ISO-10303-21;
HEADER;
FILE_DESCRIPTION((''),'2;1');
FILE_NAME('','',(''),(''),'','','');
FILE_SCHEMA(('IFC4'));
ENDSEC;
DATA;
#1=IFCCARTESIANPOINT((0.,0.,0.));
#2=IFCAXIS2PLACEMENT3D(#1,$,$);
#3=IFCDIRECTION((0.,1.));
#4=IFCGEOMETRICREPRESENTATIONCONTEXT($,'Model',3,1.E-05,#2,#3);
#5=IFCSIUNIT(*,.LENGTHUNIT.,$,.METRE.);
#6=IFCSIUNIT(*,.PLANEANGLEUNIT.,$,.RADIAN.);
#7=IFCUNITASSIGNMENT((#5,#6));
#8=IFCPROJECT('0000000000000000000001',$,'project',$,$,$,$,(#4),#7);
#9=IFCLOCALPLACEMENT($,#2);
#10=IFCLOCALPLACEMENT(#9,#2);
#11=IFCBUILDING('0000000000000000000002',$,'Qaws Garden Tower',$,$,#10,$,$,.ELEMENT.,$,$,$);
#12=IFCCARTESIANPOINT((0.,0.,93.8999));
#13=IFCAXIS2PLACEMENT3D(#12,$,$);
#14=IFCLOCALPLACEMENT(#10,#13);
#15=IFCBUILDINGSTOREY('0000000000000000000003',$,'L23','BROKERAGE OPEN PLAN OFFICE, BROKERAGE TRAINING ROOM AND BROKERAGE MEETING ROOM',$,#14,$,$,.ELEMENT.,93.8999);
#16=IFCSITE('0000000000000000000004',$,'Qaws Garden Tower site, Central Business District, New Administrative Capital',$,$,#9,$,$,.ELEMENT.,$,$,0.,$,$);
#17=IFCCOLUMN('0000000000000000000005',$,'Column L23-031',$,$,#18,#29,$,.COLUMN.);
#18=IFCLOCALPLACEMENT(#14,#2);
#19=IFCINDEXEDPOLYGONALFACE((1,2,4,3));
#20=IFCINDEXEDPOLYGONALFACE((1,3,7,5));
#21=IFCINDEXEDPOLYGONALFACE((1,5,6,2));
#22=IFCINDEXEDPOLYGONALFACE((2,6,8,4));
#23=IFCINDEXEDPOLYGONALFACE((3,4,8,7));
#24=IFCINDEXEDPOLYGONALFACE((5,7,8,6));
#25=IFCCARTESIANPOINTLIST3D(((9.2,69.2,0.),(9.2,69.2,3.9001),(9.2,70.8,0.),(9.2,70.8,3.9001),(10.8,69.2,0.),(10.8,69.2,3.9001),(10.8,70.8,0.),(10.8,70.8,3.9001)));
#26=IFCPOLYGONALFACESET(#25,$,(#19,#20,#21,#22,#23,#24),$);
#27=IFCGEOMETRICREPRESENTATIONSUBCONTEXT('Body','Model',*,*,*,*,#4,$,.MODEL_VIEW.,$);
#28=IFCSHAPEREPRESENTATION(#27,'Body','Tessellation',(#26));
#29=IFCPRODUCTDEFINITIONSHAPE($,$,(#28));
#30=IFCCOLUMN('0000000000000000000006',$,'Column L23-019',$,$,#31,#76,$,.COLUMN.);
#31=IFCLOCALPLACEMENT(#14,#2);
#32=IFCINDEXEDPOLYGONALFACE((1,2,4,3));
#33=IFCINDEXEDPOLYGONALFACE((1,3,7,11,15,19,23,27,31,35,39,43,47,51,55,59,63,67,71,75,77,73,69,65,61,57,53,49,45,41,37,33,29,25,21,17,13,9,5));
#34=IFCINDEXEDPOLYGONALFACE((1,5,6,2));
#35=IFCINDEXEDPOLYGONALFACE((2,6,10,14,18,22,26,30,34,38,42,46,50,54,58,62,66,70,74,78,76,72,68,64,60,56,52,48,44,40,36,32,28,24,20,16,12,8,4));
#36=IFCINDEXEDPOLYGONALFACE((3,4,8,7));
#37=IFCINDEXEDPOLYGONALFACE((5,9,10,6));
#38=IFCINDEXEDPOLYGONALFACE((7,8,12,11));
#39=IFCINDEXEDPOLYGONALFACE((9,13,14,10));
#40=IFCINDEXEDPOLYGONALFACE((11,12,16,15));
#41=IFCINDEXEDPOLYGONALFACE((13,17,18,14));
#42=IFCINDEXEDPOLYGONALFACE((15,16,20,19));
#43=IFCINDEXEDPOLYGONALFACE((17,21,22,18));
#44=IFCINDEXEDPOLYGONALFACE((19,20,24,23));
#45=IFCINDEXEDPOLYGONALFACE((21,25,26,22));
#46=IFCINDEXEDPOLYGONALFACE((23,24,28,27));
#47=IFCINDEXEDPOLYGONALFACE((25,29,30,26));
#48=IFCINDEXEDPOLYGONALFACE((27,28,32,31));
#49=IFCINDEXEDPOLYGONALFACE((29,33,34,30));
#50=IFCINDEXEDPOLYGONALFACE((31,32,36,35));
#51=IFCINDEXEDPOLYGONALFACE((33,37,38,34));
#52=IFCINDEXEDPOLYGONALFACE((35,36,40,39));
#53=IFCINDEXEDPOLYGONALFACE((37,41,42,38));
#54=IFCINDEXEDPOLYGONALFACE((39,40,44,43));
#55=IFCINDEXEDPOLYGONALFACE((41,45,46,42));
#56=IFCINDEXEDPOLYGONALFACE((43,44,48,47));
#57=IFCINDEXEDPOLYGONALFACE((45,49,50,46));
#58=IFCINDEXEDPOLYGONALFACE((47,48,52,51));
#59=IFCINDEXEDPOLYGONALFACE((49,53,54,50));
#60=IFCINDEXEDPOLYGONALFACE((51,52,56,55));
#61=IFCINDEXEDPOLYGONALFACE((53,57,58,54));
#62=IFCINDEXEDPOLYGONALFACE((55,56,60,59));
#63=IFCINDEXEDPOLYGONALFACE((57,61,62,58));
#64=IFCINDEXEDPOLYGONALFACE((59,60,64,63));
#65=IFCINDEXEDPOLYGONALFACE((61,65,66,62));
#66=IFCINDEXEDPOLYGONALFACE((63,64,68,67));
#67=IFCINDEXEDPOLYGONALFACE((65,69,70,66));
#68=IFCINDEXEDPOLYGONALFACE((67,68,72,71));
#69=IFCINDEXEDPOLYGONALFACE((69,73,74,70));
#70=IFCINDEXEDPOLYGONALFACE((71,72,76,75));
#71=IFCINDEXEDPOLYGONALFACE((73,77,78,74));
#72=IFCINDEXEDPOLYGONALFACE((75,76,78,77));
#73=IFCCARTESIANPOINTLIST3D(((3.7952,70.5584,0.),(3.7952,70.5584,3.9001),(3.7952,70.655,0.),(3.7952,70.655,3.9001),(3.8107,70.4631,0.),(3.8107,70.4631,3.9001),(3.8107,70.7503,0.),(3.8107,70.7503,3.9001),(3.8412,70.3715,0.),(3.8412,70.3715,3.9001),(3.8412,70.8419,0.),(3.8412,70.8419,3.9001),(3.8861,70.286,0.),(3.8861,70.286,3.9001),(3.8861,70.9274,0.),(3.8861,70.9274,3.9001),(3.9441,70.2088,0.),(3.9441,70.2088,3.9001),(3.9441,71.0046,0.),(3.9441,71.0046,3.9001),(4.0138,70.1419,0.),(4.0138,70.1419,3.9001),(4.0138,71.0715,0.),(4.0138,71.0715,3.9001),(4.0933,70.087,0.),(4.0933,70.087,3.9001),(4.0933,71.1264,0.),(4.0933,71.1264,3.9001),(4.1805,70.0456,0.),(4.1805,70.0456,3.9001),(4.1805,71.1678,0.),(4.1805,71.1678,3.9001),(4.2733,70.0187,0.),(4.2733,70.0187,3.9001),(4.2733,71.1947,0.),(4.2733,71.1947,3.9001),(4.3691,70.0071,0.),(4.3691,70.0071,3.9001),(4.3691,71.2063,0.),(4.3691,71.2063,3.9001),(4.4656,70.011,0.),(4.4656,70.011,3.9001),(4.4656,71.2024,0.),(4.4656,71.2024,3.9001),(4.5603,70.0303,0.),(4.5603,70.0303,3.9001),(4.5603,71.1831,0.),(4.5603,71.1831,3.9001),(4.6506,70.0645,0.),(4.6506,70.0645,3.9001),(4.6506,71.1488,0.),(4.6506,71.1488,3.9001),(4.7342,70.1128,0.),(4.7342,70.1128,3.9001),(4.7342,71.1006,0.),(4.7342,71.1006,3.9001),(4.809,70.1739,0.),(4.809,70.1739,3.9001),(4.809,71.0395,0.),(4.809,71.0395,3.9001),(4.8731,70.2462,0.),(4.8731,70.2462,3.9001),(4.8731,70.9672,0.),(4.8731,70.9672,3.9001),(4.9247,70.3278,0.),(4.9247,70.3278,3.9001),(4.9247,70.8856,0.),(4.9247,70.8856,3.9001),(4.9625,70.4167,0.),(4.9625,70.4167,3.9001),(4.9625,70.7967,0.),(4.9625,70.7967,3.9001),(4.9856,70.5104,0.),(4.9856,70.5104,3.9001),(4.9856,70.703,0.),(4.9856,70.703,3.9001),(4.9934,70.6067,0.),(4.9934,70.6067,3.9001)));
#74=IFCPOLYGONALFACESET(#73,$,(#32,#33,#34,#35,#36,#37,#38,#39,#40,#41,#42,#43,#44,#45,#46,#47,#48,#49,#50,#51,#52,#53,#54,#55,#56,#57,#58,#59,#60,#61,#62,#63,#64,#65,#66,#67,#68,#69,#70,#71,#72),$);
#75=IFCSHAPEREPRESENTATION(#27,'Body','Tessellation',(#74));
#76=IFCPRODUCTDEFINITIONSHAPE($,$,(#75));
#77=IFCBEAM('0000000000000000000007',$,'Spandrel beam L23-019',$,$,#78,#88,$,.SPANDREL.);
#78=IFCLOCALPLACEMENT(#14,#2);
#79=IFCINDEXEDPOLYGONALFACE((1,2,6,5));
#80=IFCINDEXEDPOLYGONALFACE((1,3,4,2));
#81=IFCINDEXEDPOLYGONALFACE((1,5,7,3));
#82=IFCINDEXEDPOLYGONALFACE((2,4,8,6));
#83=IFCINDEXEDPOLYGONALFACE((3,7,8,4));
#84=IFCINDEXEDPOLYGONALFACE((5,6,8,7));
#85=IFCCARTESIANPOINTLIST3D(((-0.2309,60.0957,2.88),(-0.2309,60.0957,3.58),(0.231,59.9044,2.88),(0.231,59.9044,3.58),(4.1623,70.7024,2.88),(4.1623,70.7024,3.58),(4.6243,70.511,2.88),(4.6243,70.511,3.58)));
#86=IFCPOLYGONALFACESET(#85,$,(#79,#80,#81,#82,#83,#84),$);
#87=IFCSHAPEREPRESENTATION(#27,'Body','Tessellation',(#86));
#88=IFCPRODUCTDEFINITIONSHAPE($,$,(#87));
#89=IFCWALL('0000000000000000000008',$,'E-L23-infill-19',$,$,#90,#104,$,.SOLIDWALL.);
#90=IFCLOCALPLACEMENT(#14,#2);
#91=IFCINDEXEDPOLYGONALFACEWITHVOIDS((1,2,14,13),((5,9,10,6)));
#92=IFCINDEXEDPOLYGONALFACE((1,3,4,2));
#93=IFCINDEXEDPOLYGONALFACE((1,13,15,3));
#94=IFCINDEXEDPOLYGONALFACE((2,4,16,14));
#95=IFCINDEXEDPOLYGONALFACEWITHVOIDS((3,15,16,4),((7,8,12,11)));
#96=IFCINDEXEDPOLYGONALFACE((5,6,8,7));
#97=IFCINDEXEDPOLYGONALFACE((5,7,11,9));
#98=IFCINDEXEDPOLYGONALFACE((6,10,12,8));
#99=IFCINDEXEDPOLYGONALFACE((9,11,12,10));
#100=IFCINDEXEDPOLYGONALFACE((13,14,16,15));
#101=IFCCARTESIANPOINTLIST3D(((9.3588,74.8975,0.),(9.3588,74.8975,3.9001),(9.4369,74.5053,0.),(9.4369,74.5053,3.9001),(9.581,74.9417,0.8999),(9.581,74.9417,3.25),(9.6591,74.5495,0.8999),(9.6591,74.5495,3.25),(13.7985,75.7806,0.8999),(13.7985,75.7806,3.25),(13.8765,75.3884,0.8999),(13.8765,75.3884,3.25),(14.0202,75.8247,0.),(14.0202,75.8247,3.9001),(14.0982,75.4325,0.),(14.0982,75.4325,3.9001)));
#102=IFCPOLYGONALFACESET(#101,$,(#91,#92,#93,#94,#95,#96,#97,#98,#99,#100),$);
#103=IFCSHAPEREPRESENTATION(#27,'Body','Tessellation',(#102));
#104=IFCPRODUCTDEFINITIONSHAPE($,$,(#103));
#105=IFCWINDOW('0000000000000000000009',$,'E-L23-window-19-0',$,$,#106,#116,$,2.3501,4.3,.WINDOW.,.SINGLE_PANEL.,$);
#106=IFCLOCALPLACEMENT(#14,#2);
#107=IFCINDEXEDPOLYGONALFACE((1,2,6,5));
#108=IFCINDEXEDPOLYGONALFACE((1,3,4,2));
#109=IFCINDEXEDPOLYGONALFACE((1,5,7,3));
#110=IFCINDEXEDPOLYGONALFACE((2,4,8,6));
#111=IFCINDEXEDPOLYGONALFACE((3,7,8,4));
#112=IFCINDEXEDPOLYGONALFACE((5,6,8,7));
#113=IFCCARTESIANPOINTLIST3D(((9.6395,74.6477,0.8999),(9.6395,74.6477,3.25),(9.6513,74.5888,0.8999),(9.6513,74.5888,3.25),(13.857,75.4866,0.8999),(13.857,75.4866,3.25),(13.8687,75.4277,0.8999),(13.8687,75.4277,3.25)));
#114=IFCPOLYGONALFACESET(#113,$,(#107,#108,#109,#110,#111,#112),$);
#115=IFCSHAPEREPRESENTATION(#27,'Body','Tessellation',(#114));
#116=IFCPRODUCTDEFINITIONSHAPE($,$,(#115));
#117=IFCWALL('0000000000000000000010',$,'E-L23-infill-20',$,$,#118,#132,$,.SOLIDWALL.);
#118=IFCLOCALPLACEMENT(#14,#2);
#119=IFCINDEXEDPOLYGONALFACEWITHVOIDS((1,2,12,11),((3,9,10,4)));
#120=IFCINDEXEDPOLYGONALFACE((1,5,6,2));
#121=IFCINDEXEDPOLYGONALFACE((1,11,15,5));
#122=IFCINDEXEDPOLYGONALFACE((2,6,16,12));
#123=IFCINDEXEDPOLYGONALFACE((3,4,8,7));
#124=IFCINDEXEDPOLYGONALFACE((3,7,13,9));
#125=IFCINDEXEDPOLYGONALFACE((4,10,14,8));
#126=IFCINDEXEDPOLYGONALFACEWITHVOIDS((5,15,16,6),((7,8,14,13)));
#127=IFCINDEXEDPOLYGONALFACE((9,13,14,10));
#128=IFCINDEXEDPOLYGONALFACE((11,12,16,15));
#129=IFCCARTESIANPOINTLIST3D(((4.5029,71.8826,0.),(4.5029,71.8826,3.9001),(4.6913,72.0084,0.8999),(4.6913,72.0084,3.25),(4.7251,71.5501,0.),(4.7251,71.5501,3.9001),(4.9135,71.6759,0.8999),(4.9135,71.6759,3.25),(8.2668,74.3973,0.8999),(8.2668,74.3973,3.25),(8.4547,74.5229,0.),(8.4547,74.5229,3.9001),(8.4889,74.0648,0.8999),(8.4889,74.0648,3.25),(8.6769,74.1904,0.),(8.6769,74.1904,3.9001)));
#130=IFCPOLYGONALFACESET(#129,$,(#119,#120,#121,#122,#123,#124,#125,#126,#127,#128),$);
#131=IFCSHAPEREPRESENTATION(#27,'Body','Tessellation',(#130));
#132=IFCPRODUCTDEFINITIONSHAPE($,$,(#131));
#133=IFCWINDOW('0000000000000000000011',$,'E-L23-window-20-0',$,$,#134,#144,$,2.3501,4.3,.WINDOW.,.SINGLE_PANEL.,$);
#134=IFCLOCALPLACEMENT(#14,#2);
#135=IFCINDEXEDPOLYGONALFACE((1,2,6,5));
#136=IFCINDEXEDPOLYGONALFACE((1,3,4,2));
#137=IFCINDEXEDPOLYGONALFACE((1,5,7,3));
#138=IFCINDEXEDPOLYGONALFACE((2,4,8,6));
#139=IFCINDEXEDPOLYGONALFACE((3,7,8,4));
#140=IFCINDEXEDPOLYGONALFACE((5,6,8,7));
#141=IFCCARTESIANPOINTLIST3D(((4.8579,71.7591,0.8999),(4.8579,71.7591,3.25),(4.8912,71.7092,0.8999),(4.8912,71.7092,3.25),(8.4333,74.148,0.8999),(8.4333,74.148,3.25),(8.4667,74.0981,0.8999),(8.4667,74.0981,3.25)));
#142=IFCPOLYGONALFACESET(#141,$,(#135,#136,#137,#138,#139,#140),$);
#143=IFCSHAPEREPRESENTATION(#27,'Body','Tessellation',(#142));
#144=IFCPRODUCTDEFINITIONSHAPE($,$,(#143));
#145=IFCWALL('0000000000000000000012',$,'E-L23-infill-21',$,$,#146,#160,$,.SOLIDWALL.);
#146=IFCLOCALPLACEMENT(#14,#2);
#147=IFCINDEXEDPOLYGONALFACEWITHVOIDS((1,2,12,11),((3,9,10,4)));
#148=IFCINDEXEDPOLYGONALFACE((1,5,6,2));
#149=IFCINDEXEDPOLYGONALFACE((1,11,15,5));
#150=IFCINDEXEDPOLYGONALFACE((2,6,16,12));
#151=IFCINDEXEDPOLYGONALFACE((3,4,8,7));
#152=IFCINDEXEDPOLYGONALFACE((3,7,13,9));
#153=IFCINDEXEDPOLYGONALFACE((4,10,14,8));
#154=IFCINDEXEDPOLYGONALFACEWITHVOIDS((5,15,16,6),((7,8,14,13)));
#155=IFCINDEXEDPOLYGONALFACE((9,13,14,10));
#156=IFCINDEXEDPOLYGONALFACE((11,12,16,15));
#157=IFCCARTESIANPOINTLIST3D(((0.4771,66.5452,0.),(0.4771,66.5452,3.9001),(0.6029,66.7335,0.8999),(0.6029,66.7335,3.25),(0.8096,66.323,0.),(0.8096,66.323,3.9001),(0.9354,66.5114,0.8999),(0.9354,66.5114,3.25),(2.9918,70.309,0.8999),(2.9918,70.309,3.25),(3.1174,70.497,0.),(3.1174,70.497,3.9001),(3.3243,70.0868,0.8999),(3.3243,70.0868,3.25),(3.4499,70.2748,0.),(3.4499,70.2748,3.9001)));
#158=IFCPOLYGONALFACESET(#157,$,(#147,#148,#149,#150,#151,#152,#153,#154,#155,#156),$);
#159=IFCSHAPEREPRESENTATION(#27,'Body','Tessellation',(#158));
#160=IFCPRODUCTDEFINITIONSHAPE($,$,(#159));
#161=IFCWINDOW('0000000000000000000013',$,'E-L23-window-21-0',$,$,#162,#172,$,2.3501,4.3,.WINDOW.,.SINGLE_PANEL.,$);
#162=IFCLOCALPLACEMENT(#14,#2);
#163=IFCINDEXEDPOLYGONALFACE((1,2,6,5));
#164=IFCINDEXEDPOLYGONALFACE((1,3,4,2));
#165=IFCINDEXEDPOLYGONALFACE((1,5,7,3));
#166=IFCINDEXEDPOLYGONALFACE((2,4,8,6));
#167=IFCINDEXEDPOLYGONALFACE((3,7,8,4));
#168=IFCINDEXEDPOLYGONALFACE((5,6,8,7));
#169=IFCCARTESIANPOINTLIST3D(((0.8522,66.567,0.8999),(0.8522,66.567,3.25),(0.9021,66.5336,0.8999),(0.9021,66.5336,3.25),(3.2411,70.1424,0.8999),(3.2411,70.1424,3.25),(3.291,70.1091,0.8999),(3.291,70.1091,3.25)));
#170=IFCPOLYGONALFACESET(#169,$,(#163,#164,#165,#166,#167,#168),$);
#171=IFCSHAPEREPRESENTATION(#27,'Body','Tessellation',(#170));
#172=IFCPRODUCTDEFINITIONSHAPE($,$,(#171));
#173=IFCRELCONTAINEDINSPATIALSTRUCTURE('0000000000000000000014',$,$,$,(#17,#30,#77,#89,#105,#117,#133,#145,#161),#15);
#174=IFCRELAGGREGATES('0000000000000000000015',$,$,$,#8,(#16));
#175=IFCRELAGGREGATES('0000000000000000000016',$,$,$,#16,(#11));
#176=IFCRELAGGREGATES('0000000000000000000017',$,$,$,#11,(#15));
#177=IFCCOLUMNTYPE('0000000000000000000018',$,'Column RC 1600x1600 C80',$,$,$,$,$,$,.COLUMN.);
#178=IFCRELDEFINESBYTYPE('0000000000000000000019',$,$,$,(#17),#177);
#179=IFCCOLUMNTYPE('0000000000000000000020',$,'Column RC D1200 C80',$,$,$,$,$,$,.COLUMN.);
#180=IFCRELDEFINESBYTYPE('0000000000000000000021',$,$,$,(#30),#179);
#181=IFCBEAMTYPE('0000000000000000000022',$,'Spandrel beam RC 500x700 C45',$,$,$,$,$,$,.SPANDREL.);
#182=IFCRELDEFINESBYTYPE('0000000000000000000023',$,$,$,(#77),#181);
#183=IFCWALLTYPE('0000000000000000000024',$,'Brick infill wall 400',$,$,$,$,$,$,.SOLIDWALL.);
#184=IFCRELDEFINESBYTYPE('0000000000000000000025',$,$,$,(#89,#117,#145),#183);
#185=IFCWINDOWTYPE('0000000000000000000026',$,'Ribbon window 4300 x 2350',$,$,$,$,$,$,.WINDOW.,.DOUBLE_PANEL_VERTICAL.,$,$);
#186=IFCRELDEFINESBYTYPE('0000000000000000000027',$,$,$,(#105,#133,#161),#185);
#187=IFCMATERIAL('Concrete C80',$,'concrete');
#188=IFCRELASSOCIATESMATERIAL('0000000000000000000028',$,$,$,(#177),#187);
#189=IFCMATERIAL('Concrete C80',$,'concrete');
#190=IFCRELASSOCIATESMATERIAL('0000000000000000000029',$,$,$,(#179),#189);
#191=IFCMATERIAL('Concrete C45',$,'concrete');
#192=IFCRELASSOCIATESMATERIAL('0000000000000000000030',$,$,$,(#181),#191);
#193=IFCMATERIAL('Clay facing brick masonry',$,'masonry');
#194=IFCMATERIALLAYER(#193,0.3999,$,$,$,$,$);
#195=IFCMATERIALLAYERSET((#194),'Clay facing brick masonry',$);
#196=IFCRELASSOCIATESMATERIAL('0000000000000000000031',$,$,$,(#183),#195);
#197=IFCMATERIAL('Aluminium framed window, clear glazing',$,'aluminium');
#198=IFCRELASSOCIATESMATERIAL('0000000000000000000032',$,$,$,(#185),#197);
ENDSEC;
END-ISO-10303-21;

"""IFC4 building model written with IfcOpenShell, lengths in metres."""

from ifc_helpers import new_model, si_unit, direction, frame, frame_2d, origin, origin_2d, place, context, subcontext, project, spatial, rectangle, circle, extrude, material, layer, layer_set, material_profile, profile_set, type_object, element, fill, save


model = new_model("IFC4")

# Units and contexts
model_context = context("Model", 3, precision=1e-05, world=origin(), true_north=direction((0.0, 1.0)))
body_context = subcontext(model_context, "Body", "Model", "MODEL_VIEW")
ifc_project = project(units=[si_unit("LENGTHUNIT", "METRE"), si_unit("PLANEANGLEUNIT", "RADIAN")], contexts=[model_context])

# Site, building, storey
site_placement = place(None, origin())
site = spatial("IfcSite", under=ifc_project, at=site_placement, Name="Qaws Garden Tower site, Central Business District, New Administrative Capital", CompositionType="ELEMENT", RefElevation=0.0)
building_placement = place(site_placement, origin())
building = spatial("IfcBuilding", under=site, at=building_placement, Name="Qaws Garden Tower", CompositionType="ELEMENT")
storey_placement = place(building_placement, frame((0.0, 0.0, 93.8999)))
storey = spatial("IfcBuildingStorey", under=building, at=storey_placement, Name="L23", Description="BROKERAGE OPEN PLAN OFFICE, BROKERAGE TRAINING ROOM AND BROKERAGE MEETING ROOM", CompositionType="ELEMENT", Elevation=93.8999)

# Columns
ifc_material_1 = material(Name="Concrete C80", Category="concrete")
ifc_material_profile_1 = material_profile(ifc_material_1, rectangle(XDim=1.6001, YDim=1.6001, at=origin_2d()), Name="RC 1600x1600")
ifc_profile_set_1 = profile_set([ifc_material_profile_1], Name="Concrete C80")
column_type_1 = type_object("IfcColumnType", Name="Column RC 1600x1600 C80", PredefinedType="COLUMN", material=ifc_profile_set_1)
column_1_placement = place(storey_placement, frame((10.0, 70.0, 0.0), z_axis=(0.0, 0.0, 1.0), x_axis=(1.0, 0.0, 0.0)))
element("IfcColumn", 1, at=column_1_placement, inside=storey, type_object=column_type_1, Name="Column L23-031", PredefinedType="COLUMN", context=body_context, shape_type="SweptSolid", body=[
    extrude(rectangle(XDim=1.6001, YDim=1.6001, at=origin_2d()), origin(), (0.0, 0.0, 1.0), 3.9001),
])
ifc_material_2 = material(Name="Concrete C80", Category="concrete")
ifc_material_profile_2 = material_profile(ifc_material_2, circle(Radius=0.6001, at=origin_2d()), Name="RC D1200")
ifc_profile_set_2 = profile_set([ifc_material_profile_2], Name="Concrete C80")
column_type_2 = type_object("IfcColumnType", Name="Column RC D1200 C80", PredefinedType="COLUMN", material=ifc_profile_set_2)
column_2_placement = place(storey_placement, frame((4.3933, 70.6067, 0.0), z_axis=(0.0, 0.0, 1.0), x_axis=(1.0, 0.0, 0.0)))
element("IfcColumn", 2, at=column_2_placement, inside=storey, type_object=column_type_2, Name="Column L23-019", PredefinedType="COLUMN", context=body_context, shape_type="SweptSolid", body=[
    extrude(circle(Radius=0.6001, at=origin_2d()), origin(), (0.0, 0.0, 1.0), 3.9001),
])

# Beam
ifc_material_3 = material(Name="Concrete C45", Category="concrete")
ifc_material_profile_3 = material_profile(ifc_material_3, rectangle(XDim=0.5, YDim=0.7, at=origin_2d()), Name="RC 500x700")
ifc_profile_set_3 = profile_set([ifc_material_profile_3], Name="Concrete C45")
beam_type = type_object("IfcBeamType", Name="Spandrel beam RC 500x700 C45", PredefinedType="SPANDREL", material=ifc_profile_set_3)
beam_placement = place(storey_placement, frame((4.3933, 70.6067, 3.23), z_axis=(-0.382674, -0.923883, 0.0), x_axis=(0.923883, -0.382674, 0.0)))
element("IfcBeam", 3, at=beam_placement, inside=storey, type_object=beam_type, Name="Spandrel beam L23-019", PredefinedType="SPANDREL", context=body_context, shape_type="SweptSolid", body=[
    extrude(rectangle(XDim=0.5, YDim=0.7, at=origin_2d()), origin(), (0.0, 0.0, 1.0), 11.4805),
])

# Walls, openings, windows
ifc_material_4 = material(Name="Clay facing brick masonry", Category="masonry")
ifc_layer_1 = layer(ifc_material_4, 0.3999)
ifc_layer_set_1 = layer_set([ifc_layer_1], Name="Clay facing brick masonry")
wall_type_1 = type_object("IfcWallType", Name="Brick infill wall 400", PredefinedType="SOLIDWALL", material=ifc_layer_set_1)
wall_1_placement = place(storey_placement, frame((14.0593, 75.6287, 0.0), z_axis=(0.0, 0.0, 1.0), x_axis=(-0.980784, -0.195099, 0.0)))
wall_1 = element("IfcWall", 4, at=wall_1_placement, inside=storey, type_object=wall_type_1, Name="E-L23-infill-19", PredefinedType="SOLIDWALL", context=body_context, shape_type="SweptSolid", body=[
    extrude(rectangle(XDim=4.7527, YDim=0.3999, at=frame_2d((2.3765, 0.0))), origin(), (0.0, 0.0, 1.0), 3.9001),
])
opening_1_placement = place(wall_1_placement, frame((0.2263, 0.0, 0.8999)))
opening_1 = element("IfcOpeningElement", 5, at=opening_1_placement, cuts=wall_1, PredefinedType="OPENING", context=body_context, shape_type="SweptSolid", body=[
    extrude(rectangle(XDim=4.3, YDim=2.3501, at=frame_2d((2.1499, 1.175))), frame((0.0, 0.21, 0.0), z_axis=(0.0, -1.0, 0.0), x_axis=(1.0, 0.0, 0.0)), (0.0, 0.0, 1.0), 0.4199),
])
ifc_material_5 = material(Name="Aluminium framed window, clear glazing", Category="aluminium")
window_type = type_object("IfcWindowType", Name="Ribbon window 4300 x 2350", PartitioningType="DOUBLE_PANEL_VERTICAL", PredefinedType="WINDOW", material=ifc_material_5)
window_1_placement = place(opening_1_placement, origin())
window_1 = element("IfcWindow", 6, at=window_1_placement, inside=storey, type_object=window_type, Name="E-L23-window-19-0", OverallHeight=2.3501, OverallWidth=4.3, PartitioningType="SINGLE_PANEL", PredefinedType="WINDOW", context=body_context, shape_type="SweptSolid", body=[
    extrude(rectangle(XDim=4.3, YDim=2.3501, at=frame_2d((2.1499, 1.175))), frame((0.0, 0.1599, 0.0), z_axis=(0.0, -1.0, 0.0), x_axis=(1.0, 0.0, 0.0)), (0.0, 0.0, 1.0), 0.0601),
])
fill(opening_1, window_1)
wall_2_placement = place(storey_placement, frame((8.5659, 74.3567, 0.0), z_axis=(0.0, 0.0, 1.0), x_axis=(-0.831489, -0.555542, 0.0)))
wall_2 = element("IfcWall", 7, at=wall_2_placement, inside=storey, type_object=wall_type_1, Name="E-L23-infill-20", PredefinedType="SOLIDWALL", context=body_context, shape_type="SweptSolid", body=[
    extrude(rectangle(XDim=4.7527, YDim=0.3999, at=frame_2d((2.3765, 0.0))), origin(), (0.0, 0.0, 1.0), 3.9001),
])
opening_2_placement = place(wall_2_placement, frame((0.2263, 0.0, 0.8999)))
opening_2 = element("IfcOpeningElement", 8, at=opening_2_placement, cuts=wall_2, PredefinedType="OPENING", context=body_context, shape_type="SweptSolid", body=[
    extrude(rectangle(XDim=4.3, YDim=2.3501, at=frame_2d((2.1499, 1.175))), frame((0.0, 0.21, 0.0), z_axis=(0.0, -1.0, 0.0), x_axis=(1.0, 0.0, 0.0)), (0.0, 0.0, 1.0), 0.4199),
])
window_2_placement = place(opening_2_placement, origin())
window_2 = element("IfcWindow", 9, at=window_2_placement, inside=storey, type_object=window_type, Name="E-L23-window-20-0", OverallHeight=2.3501, OverallWidth=4.3, PartitioningType="SINGLE_PANEL", PredefinedType="WINDOW", context=body_context, shape_type="SweptSolid", body=[
    extrude(rectangle(XDim=4.3, YDim=2.3501, at=frame_2d((2.1499, 1.175))), frame((0.0, 0.1599, 0.0), z_axis=(0.0, -1.0, 0.0), x_axis=(1.0, 0.0, 0.0)), (0.0, 0.0, 1.0), 0.0601),
])
fill(opening_2, window_2)
wall_3_placement = place(storey_placement, frame((3.2837, 70.386, 0.0), z_axis=(0.0, 0.0, 1.0), x_axis=(-0.555542, -0.831489, 0.0)))
wall_3 = element("IfcWall", 10, at=wall_3_placement, inside=storey, type_object=wall_type_1, Name="E-L23-infill-21", PredefinedType="SOLIDWALL", context=body_context, shape_type="SweptSolid", body=[
    extrude(rectangle(XDim=4.7527, YDim=0.3999, at=frame_2d((2.3765, 0.0))), origin(), (0.0, 0.0, 1.0), 3.9001),
])
opening_3_placement = place(wall_3_placement, frame((0.2263, 0.0, 0.8999)))
opening_3 = element("IfcOpeningElement", 11, at=opening_3_placement, cuts=wall_3, PredefinedType="OPENING", context=body_context, shape_type="SweptSolid", body=[
    extrude(rectangle(XDim=4.3, YDim=2.3501, at=frame_2d((2.1499, 1.175))), frame((0.0, 0.21, 0.0), z_axis=(0.0, -1.0, 0.0), x_axis=(1.0, 0.0, 0.0)), (0.0, 0.0, 1.0), 0.4199),
])
window_3_placement = place(opening_3_placement, origin())
window_3 = element("IfcWindow", 12, at=window_3_placement, inside=storey, type_object=window_type, Name="E-L23-window-21-0", OverallHeight=2.3501, OverallWidth=4.3, PartitioningType="SINGLE_PANEL", PredefinedType="WINDOW", context=body_context, shape_type="SweptSolid", body=[
    extrude(rectangle(XDim=4.3, YDim=2.3501, at=frame_2d((2.1499, 1.175))), frame((0.0, 0.1599, 0.0), z_axis=(0.0, -1.0, 0.0), x_axis=(1.0, 0.0, 0.0)), (0.0, 0.0, 1.0), 0.0601),
])
fill(opening_3, window_3)

save(model, "model.ifc")
